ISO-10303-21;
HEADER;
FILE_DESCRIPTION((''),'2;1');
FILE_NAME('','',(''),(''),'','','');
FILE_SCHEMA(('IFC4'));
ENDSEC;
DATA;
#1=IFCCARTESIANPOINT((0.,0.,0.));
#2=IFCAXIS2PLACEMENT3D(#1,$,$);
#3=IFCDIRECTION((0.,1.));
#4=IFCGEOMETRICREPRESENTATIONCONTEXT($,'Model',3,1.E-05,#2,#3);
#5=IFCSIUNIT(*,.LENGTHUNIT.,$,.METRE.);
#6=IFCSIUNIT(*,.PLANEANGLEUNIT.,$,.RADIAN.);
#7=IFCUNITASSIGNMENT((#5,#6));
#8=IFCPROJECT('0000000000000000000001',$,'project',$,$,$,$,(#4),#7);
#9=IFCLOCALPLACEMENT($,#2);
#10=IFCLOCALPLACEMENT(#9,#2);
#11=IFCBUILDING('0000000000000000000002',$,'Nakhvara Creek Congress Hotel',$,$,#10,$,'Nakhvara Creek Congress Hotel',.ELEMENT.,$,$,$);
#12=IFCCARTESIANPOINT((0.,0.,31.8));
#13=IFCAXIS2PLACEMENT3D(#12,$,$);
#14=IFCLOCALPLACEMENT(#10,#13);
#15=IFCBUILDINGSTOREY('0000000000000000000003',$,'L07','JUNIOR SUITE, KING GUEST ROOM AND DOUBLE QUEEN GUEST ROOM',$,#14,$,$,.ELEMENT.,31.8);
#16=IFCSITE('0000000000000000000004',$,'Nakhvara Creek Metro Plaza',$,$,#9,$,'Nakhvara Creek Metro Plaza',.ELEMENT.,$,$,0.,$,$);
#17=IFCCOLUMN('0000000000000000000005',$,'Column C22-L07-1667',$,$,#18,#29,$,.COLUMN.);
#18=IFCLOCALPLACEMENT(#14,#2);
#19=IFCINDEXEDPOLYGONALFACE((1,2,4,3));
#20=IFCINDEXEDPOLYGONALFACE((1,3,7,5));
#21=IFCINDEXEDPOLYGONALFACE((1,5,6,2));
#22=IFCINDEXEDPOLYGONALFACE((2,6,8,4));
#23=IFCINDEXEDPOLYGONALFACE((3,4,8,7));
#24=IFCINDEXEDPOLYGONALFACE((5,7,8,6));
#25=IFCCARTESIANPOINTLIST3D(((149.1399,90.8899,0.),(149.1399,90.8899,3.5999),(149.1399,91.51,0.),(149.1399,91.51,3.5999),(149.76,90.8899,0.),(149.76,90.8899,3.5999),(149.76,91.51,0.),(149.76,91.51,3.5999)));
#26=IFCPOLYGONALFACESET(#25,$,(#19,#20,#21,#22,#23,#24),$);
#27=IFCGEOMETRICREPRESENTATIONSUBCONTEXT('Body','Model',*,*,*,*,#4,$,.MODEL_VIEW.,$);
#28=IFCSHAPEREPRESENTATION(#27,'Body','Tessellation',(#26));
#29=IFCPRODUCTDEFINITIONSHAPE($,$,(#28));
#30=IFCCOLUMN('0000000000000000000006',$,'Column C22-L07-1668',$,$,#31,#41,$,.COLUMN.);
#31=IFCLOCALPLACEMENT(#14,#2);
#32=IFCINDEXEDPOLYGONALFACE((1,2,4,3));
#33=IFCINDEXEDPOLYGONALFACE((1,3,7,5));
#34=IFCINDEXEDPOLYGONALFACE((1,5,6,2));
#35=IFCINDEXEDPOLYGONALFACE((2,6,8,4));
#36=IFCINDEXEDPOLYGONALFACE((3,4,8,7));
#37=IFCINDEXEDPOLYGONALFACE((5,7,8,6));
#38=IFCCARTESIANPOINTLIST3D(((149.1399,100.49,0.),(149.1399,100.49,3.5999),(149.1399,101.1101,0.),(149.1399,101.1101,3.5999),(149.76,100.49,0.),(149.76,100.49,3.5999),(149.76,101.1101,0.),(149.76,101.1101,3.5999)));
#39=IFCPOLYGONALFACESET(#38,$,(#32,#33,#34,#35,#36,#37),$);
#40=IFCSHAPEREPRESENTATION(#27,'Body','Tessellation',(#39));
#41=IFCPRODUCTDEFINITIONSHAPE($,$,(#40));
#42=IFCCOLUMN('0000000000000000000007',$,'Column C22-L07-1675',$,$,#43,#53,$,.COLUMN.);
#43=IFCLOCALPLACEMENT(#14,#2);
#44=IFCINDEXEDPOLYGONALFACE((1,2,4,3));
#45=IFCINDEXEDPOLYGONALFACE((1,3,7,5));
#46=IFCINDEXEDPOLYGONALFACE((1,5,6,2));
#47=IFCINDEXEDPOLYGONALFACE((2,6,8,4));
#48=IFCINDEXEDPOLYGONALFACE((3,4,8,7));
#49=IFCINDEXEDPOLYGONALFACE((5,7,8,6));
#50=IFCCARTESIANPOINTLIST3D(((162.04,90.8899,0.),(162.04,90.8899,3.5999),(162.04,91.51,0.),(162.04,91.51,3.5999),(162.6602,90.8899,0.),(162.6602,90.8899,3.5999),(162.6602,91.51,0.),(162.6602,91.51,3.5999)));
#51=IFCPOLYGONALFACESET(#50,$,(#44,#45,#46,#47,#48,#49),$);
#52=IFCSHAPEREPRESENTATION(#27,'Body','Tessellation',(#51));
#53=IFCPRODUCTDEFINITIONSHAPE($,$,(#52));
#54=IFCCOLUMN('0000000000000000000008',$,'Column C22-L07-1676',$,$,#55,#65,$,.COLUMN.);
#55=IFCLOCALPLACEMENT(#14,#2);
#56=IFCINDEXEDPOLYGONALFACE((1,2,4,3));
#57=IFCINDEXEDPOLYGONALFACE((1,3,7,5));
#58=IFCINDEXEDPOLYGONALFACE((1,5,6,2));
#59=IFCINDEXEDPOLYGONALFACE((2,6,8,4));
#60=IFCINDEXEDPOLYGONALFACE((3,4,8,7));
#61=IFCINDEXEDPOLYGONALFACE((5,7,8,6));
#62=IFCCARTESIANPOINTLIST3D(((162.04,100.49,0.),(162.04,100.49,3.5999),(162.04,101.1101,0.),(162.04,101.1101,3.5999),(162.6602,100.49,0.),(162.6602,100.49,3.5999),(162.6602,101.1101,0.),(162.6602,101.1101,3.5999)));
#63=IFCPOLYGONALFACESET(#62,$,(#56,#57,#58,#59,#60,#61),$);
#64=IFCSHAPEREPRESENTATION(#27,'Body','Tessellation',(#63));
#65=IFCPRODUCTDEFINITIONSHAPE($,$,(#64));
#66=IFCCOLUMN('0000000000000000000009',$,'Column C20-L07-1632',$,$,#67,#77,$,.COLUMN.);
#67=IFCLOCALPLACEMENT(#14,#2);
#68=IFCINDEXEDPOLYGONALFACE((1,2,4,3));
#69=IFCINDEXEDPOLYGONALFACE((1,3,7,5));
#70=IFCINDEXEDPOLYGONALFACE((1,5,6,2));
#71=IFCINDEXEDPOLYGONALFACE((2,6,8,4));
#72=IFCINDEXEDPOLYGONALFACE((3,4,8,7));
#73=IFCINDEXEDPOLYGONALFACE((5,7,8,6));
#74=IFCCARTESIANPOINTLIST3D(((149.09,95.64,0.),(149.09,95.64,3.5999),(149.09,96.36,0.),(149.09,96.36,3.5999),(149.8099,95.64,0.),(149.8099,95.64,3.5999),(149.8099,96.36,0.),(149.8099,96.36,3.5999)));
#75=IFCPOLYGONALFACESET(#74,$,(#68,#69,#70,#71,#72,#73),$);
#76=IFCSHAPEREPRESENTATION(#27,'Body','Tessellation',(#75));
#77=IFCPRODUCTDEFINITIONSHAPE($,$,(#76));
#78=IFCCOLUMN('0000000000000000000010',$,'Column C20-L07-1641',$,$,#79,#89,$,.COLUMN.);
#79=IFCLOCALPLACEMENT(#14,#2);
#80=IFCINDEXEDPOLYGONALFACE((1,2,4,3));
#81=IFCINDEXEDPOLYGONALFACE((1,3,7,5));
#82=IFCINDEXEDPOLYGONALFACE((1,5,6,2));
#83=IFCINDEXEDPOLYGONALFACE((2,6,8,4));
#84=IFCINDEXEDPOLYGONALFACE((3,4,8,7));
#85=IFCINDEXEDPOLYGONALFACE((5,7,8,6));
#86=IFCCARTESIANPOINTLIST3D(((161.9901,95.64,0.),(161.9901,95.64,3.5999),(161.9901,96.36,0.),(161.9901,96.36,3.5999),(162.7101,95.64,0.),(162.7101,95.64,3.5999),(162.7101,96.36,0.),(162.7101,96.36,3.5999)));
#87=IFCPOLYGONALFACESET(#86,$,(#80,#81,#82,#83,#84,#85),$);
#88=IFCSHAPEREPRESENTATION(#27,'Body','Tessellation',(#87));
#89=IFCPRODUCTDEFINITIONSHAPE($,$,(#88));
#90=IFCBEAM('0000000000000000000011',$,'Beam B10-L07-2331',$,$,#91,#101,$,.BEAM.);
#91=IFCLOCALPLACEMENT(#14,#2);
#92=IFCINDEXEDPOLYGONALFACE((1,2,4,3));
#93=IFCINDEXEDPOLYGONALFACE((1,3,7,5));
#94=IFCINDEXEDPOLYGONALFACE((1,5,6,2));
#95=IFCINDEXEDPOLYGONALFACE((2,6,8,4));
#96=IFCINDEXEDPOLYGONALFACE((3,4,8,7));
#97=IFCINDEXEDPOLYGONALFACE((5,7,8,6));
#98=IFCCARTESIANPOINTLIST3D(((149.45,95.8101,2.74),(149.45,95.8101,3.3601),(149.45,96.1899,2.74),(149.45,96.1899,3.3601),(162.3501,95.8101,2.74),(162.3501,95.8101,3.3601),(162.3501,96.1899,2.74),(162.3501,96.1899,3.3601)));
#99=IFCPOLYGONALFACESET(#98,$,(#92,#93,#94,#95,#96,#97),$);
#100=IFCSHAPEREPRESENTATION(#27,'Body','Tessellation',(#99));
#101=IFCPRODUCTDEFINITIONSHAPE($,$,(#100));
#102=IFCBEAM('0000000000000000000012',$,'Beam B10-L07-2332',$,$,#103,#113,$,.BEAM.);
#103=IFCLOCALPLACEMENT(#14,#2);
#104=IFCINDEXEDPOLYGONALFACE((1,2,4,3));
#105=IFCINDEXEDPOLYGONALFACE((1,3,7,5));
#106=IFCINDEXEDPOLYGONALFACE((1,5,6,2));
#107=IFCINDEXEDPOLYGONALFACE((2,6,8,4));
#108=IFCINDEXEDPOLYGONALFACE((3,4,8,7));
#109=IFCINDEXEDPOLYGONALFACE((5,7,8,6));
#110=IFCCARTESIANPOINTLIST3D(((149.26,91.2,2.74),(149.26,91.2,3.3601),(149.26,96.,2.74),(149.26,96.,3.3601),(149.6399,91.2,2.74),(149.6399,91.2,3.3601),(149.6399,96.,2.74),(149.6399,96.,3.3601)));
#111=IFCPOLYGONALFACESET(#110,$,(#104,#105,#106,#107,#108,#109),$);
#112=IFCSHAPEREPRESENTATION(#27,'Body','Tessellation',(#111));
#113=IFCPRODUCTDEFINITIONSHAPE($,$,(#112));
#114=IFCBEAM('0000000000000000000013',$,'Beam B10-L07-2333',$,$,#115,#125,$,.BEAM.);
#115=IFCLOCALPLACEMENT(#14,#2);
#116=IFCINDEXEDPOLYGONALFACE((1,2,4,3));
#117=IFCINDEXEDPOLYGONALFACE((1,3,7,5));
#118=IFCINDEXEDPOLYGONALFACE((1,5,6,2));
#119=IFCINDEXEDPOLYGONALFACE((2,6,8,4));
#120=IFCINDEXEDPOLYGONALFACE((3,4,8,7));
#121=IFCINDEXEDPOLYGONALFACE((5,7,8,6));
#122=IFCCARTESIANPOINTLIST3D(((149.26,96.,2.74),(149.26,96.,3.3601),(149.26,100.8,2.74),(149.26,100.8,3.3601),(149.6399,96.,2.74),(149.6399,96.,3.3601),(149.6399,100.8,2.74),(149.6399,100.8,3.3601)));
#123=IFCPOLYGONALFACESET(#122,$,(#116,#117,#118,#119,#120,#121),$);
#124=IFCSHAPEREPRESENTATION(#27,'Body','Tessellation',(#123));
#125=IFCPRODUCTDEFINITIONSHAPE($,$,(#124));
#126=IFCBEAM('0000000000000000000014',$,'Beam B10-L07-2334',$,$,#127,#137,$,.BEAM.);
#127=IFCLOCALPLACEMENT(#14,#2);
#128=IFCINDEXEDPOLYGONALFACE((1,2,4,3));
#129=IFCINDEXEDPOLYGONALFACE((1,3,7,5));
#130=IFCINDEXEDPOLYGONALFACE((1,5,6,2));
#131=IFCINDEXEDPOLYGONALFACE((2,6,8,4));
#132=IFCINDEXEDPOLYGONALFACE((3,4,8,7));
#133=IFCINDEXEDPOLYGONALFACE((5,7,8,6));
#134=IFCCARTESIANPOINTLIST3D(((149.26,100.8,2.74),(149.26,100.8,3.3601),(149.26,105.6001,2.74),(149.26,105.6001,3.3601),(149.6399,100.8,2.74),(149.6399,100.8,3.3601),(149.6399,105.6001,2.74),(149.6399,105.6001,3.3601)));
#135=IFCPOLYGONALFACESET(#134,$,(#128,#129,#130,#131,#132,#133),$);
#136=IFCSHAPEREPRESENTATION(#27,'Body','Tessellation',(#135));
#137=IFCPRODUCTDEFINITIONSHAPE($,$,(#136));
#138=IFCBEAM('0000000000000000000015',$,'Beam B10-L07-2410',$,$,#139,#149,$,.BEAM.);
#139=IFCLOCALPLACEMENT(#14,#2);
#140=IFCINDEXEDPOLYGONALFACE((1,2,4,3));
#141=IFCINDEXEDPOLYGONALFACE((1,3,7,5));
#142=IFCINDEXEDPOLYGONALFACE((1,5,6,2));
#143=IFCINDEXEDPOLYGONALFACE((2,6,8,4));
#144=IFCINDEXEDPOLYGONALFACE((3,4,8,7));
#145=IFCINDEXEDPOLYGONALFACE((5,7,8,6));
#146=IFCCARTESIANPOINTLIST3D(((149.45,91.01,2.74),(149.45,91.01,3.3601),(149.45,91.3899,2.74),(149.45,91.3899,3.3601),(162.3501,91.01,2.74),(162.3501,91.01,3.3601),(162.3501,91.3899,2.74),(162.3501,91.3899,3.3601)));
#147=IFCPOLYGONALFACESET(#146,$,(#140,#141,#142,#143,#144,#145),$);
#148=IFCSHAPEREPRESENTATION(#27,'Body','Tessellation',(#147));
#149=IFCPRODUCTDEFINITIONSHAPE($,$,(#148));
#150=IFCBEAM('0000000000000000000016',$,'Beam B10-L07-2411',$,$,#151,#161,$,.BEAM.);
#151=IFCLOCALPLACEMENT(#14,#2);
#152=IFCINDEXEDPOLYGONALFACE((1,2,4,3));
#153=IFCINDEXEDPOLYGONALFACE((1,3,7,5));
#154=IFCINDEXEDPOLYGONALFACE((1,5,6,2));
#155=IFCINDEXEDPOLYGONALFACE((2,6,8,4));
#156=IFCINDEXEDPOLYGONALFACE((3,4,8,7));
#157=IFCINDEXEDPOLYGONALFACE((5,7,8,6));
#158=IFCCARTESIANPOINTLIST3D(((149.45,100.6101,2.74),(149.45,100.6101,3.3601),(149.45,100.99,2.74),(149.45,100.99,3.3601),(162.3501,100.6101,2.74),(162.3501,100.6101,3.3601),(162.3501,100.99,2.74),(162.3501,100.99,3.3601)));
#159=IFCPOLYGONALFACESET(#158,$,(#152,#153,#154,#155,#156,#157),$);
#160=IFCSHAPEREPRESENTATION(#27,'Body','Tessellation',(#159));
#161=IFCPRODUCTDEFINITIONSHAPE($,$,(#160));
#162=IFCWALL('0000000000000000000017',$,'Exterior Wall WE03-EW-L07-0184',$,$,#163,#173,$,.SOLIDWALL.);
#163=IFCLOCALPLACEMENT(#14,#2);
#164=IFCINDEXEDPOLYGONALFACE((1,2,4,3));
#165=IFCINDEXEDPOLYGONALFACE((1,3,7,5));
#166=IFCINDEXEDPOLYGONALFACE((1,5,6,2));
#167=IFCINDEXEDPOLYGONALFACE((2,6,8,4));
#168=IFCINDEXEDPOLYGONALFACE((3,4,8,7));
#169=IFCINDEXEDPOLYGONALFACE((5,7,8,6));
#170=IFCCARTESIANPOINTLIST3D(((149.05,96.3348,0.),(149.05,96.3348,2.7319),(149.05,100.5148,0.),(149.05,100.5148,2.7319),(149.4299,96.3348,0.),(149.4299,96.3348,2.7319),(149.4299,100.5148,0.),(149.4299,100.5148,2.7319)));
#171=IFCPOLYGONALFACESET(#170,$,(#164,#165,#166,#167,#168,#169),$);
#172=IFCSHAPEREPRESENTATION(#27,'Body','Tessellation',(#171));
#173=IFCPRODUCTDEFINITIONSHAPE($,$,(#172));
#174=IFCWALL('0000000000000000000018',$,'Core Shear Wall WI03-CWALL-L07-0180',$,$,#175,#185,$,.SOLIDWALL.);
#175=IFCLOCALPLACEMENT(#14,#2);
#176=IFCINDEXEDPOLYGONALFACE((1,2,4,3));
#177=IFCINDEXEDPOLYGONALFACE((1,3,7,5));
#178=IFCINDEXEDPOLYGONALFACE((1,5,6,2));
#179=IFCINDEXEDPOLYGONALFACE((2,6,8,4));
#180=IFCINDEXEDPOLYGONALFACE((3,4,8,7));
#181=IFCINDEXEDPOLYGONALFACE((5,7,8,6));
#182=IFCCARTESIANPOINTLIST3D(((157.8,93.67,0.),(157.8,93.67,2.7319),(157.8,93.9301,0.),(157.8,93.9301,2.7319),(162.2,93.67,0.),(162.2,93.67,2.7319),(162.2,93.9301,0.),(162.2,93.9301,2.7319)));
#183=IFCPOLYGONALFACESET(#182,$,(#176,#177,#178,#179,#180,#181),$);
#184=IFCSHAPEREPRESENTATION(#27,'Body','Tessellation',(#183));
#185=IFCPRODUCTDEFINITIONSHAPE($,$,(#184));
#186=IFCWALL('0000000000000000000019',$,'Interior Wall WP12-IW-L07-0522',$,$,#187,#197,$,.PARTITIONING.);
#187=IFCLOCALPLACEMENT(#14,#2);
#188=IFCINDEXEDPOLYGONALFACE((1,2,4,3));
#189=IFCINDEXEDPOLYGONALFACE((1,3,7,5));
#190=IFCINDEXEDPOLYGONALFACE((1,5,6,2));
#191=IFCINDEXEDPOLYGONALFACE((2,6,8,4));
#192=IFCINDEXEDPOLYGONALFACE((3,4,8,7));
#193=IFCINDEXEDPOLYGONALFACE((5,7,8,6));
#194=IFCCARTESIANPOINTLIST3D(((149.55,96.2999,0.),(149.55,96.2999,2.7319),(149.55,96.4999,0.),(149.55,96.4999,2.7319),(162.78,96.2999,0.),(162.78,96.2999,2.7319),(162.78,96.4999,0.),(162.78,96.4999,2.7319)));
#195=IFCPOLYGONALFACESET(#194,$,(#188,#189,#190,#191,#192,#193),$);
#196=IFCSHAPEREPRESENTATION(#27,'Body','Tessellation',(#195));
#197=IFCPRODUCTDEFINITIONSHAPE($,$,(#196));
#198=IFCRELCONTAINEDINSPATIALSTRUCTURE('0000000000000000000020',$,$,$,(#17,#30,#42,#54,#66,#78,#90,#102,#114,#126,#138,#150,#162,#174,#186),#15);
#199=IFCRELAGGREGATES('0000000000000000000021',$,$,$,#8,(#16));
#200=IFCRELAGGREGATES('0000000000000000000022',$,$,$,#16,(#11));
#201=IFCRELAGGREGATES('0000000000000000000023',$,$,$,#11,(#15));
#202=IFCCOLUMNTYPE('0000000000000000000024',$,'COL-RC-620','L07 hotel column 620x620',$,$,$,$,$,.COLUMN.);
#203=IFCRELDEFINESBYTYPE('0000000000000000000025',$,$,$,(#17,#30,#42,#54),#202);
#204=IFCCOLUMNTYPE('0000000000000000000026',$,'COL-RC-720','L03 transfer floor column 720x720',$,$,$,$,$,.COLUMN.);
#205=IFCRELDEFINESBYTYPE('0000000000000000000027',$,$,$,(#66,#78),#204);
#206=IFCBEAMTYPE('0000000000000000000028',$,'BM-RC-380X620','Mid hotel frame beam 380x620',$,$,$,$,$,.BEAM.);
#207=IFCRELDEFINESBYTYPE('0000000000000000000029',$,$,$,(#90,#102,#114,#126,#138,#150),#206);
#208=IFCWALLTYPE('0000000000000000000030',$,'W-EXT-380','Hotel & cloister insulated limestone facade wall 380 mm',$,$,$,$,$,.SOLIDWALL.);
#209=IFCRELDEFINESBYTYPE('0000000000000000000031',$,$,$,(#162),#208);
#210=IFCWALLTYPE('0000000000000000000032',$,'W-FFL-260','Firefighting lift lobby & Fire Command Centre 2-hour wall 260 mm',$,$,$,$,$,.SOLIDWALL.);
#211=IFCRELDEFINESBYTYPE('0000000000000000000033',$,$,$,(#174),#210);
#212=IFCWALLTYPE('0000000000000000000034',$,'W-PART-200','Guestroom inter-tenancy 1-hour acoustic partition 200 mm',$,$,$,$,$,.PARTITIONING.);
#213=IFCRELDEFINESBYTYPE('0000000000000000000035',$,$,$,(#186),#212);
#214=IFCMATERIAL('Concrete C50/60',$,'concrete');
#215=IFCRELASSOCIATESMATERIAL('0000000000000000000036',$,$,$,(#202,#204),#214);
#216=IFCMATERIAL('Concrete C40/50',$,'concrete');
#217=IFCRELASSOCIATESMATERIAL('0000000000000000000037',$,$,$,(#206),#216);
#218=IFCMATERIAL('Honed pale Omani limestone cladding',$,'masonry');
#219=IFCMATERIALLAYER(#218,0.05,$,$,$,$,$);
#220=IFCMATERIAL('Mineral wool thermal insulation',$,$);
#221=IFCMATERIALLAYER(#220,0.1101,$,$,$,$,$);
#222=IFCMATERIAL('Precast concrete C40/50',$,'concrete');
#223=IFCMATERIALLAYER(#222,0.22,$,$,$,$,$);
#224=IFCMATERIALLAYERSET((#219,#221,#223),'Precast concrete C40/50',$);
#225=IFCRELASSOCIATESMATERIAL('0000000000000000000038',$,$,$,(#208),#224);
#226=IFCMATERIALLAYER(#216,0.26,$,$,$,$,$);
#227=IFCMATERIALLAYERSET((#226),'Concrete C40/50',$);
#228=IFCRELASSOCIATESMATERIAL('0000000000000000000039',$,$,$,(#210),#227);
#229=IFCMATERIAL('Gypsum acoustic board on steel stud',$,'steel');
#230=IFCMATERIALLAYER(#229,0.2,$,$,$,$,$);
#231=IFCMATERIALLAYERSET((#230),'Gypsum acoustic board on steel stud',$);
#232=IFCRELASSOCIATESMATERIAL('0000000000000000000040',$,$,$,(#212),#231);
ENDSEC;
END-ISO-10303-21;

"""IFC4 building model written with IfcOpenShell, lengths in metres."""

from ifc_helpers import new_model, si_unit, direction, frame, frame_2d, origin, origin_2d, place, context, subcontext, project, spatial, rectangle, extrude, material, layer, layer_set, material_profile, profile_set, type_object, element, save


model = new_model("IFC4")

# Units and contexts
model_context = context("Model", 3, precision=1e-05, world=origin(), true_north=direction((0.0, 1.0)))
body_context = subcontext(model_context, "Body", "Model", "MODEL_VIEW")
ifc_project = project(units=[si_unit("LENGTHUNIT", "METRE"), si_unit("PLANEANGLEUNIT", "RADIAN")], contexts=[model_context])

# Site, building, storey
site_placement = place(None, origin())
site = spatial("IfcSite", under=ifc_project, at=site_placement, Name="Nakhvara Creek Metro Plaza", LongName="Nakhvara Creek Metro Plaza", CompositionType="ELEMENT", RefElevation=0.0)
building_placement = place(site_placement, origin())
building = spatial("IfcBuilding", under=site, at=building_placement, Name="Nakhvara Creek Congress Hotel", LongName="Nakhvara Creek Congress Hotel", CompositionType="ELEMENT")
storey_placement = place(building_placement, frame((0.0, 0.0, 31.8)))
storey = spatial("IfcBuildingStorey", under=building, at=storey_placement, Name="L07", Description="JUNIOR SUITE, KING GUEST ROOM AND DOUBLE QUEEN GUEST ROOM", CompositionType="ELEMENT", Elevation=31.8)

# Columns
ifc_material_1 = material(Name="Concrete C50/60", Category="concrete")
ifc_material_profile_1 = material_profile(ifc_material_1, rectangle(XDim=0.6201, YDim=0.6201, at=origin_2d()), Name="RC-COL 620x620", Category="LoadBearing")
ifc_profile_set_1 = profile_set([ifc_material_profile_1], Name="Concrete C50/60")
column_type_1 = type_object("IfcColumnType", Name="COL-RC-620", Description="L07 hotel column 620x620", PredefinedType="COLUMN", material=ifc_profile_set_1)
for number, where, z_axis, x_axis, name in (
    (1, (149.45, 91.2, 0.0), (0.0, 0.0, 1.0), (1.0, 0.0, 0.0), "Column C22-L07-1667"),
    (2, (149.45, 100.8, 0.0), (0.0, 0.0, 1.0), (1.0, 0.0, 0.0), "Column C22-L07-1668"),
    (3, (162.3501, 91.2, 0.0), (0.0, 0.0, 1.0), (1.0, 0.0, 0.0), "Column C22-L07-1675"),
    (4, (162.3501, 100.8, 0.0), (0.0, 0.0, 1.0), (1.0, 0.0, 0.0), "Column C22-L07-1676"),
):
    element("IfcColumn", number, at=place(storey_placement, frame(where, z_axis=z_axis, x_axis=x_axis)), inside=storey, type_object=column_type_1, Name=name, PredefinedType="COLUMN", context=body_context, shape_type="SweptSolid", body=[
        extrude(rectangle(XDim=0.6201, YDim=0.6201, at=origin_2d()), origin(), (0.0, 0.0, 1.0), 3.5999),
    ])
ifc_material_profile_2 = material_profile(ifc_material_1, rectangle(XDim=0.72, YDim=0.72, at=origin_2d()), Name="RC-COL 720x720", Category="LoadBearing")
ifc_profile_set_2 = profile_set([ifc_material_profile_2], Name="Concrete C50/60")
column_type_2 = type_object("IfcColumnType", Name="COL-RC-720", Description="L03 transfer floor column 720x720", PredefinedType="COLUMN", material=ifc_profile_set_2)
for number, where, z_axis, x_axis, name in (
    (5, (149.45, 96.0, 0.0), (0.0, 0.0, 1.0), (1.0, 0.0, 0.0), "Column C20-L07-1632"),
    (6, (162.3501, 96.0, 0.0), (0.0, 0.0, 1.0), (1.0, 0.0, 0.0), "Column C20-L07-1641"),
):
    element("IfcColumn", number, at=place(storey_placement, frame(where, z_axis=z_axis, x_axis=x_axis)), inside=storey, type_object=column_type_2, Name=name, PredefinedType="COLUMN", context=body_context, shape_type="SweptSolid", body=[
        extrude(rectangle(XDim=0.72, YDim=0.72, at=origin_2d()), origin(), (0.0, 0.0, 1.0), 3.5999),
    ])

# Beams
ifc_material_2 = material(Name="Concrete C40/50", Category="concrete")
ifc_material_profile_3 = material_profile(ifc_material_2, rectangle(XDim=0.3799, YDim=0.6201, at=origin_2d()), Name="RC-BM 380x620", Category="LoadBearing")
ifc_profile_set_3 = profile_set([ifc_material_profile_3], Name="Concrete C40/50")
beam_type = type_object("IfcBeamType", Name="BM-RC-380X620", Description="Mid hotel frame beam 380x620", PredefinedType="BEAM", material=ifc_profile_set_3)
beam_placement = place(storey_placement, frame((149.45, 96.0, 3.05), z_axis=(1.0, 0.0, 0.0), x_axis=(0.0, 1.0, 0.0)))
element("IfcBeam", 7, at=beam_placement, inside=storey, type_object=beam_type, Name="Beam B10-L07-2331", PredefinedType="BEAM", context=body_context, shape_type="SweptSolid", body=[
    extrude(rectangle(XDim=0.3799, YDim=0.6201, at=origin_2d()), origin(), (0.0, 0.0, 1.0), 12.9001),
])
for number, where, z_axis, x_axis, name in (
    (8, (149.45, 91.2, 3.05), (0.0, 1.0, 0.0), (-1.0, 0.0, 0.0), "Beam B10-L07-2332"),
    (9, (149.45, 96.0, 3.05), (0.0, 1.0, 0.0), (-1.0, 0.0, 0.0), "Beam B10-L07-2333"),
    (10, (149.45, 100.8, 3.05), (0.0, 1.0, 0.0), (-1.0, 0.0, 0.0), "Beam B10-L07-2334"),
):
    element("IfcBeam", number, at=place(storey_placement, frame(where, z_axis=z_axis, x_axis=x_axis)), inside=storey, type_object=beam_type, Name=name, PredefinedType="BEAM", context=body_context, shape_type="SweptSolid", body=[
        extrude(rectangle(XDim=0.3799, YDim=0.6201, at=origin_2d()), origin(), (0.0, 0.0, 1.0), 4.8),
    ])
for number, where, z_axis, x_axis, name in (
    (11, (149.45, 91.2, 3.05), (1.0, 0.0, 0.0), (0.0, 1.0, 0.0), "Beam B10-L07-2410"),
    (12, (149.45, 100.8, 3.05), (1.0, 0.0, 0.0), (0.0, 1.0, 0.0), "Beam B10-L07-2411"),
):
    element("IfcBeam", number, at=place(storey_placement, frame(where, z_axis=z_axis, x_axis=x_axis)), inside=storey, type_object=beam_type, Name=name, PredefinedType="BEAM", context=body_context, shape_type="SweptSolid", body=[
        extrude(rectangle(XDim=0.3799, YDim=0.6201, at=origin_2d()), origin(), (0.0, 0.0, 1.0), 12.9001),
    ])

# Walls
ifc_material_3 = material(Name="Honed pale Omani limestone cladding", Category="masonry")
ifc_layer_1 = layer(ifc_material_3, 0.05)
ifc_material_4 = material(Name="Mineral wool thermal insulation")
ifc_layer_2 = layer(ifc_material_4, 0.1101)
ifc_material_5 = material(Name="Precast concrete C40/50", Category="concrete")
ifc_layer_3 = layer(ifc_material_5, 0.22)
ifc_layer_set_1 = layer_set([ifc_layer_1, ifc_layer_2, ifc_layer_3], Name="Precast concrete C40/50")
wall_type_1 = type_object("IfcWallType", Name="W-EXT-380", Description="Hotel & cloister insulated limestone facade wall 380 mm", PredefinedType="SOLIDWALL", material=ifc_layer_set_1)
wall_1_placement = place(storey_placement, frame((149.24, 96.335, 0.0), z_axis=(0.0, 0.0, 1.0), x_axis=(0.0, 1.0, 0.0)))
element("IfcWall", 13, at=wall_1_placement, inside=storey, type_object=wall_type_1, Name="Exterior Wall WE03-EW-L07-0184", PredefinedType="SOLIDWALL", context=body_context, shape_type="SweptSolid", body=[
    extrude(rectangle(XDim=4.1799, YDim=0.3799, at=frame_2d((2.0898, 0.0))), origin(), (0.0, 0.0, 1.0), 2.7319),
])
ifc_layer_4 = layer(ifc_material_2, 0.26)
ifc_layer_set_2 = layer_set([ifc_layer_4], Name="Concrete C40/50")
wall_type_2 = type_object("IfcWallType", Name="W-FFL-260", Description="Firefighting lift lobby & Fire Command Centre 2-hour wall 260 mm", PredefinedType="SOLIDWALL", material=ifc_layer_set_2)
wall_2_placement = place(storey_placement, frame((157.8, 93.8, 0.0), z_axis=(0.0, 0.0, 1.0), x_axis=(1.0, 0.0, 0.0)))
element("IfcWall", 14, at=wall_2_placement, inside=storey, type_object=wall_type_2, Name="Core Shear Wall WI03-CWALL-L07-0180", PredefinedType="SOLIDWALL", context=body_context, shape_type="SweptSolid", body=[
    extrude(rectangle(XDim=4.3999, YDim=0.26, at=frame_2d((2.2, 0.0))), origin(), (0.0, 0.0, 1.0), 2.7319),
])

# Shared definitions
ifc_material_6 = material(Name="Gypsum acoustic board on steel stud", Category="steel")

# Wall
ifc_layer_5 = layer(ifc_material_6, 0.2)
ifc_layer_set_3 = layer_set([ifc_layer_5], Name="Gypsum acoustic board on steel stud")
wall_type_3 = type_object("IfcWallType", Name="W-PART-200", Description="Guestroom inter-tenancy 1-hour acoustic partition 200 mm", PredefinedType="PARTITIONING", material=ifc_layer_set_3)
wall_3_placement = place(storey_placement, frame((149.55, 96.3999, 0.0), z_axis=(0.0, 0.0, 1.0), x_axis=(1.0, 0.0, 0.0)))
element("IfcWall", 15, at=wall_3_placement, inside=storey, type_object=wall_type_3, Name="Interior Wall WP12-IW-L07-0522", PredefinedType="PARTITIONING", context=body_context, shape_type="SweptSolid", body=[
    extrude(rectangle(XDim=13.23, YDim=0.2, at=frame_2d((6.615, 0.0))), origin(), (0.0, 0.0, 1.0), 2.7319),
])

save(model, "model.ifc")
